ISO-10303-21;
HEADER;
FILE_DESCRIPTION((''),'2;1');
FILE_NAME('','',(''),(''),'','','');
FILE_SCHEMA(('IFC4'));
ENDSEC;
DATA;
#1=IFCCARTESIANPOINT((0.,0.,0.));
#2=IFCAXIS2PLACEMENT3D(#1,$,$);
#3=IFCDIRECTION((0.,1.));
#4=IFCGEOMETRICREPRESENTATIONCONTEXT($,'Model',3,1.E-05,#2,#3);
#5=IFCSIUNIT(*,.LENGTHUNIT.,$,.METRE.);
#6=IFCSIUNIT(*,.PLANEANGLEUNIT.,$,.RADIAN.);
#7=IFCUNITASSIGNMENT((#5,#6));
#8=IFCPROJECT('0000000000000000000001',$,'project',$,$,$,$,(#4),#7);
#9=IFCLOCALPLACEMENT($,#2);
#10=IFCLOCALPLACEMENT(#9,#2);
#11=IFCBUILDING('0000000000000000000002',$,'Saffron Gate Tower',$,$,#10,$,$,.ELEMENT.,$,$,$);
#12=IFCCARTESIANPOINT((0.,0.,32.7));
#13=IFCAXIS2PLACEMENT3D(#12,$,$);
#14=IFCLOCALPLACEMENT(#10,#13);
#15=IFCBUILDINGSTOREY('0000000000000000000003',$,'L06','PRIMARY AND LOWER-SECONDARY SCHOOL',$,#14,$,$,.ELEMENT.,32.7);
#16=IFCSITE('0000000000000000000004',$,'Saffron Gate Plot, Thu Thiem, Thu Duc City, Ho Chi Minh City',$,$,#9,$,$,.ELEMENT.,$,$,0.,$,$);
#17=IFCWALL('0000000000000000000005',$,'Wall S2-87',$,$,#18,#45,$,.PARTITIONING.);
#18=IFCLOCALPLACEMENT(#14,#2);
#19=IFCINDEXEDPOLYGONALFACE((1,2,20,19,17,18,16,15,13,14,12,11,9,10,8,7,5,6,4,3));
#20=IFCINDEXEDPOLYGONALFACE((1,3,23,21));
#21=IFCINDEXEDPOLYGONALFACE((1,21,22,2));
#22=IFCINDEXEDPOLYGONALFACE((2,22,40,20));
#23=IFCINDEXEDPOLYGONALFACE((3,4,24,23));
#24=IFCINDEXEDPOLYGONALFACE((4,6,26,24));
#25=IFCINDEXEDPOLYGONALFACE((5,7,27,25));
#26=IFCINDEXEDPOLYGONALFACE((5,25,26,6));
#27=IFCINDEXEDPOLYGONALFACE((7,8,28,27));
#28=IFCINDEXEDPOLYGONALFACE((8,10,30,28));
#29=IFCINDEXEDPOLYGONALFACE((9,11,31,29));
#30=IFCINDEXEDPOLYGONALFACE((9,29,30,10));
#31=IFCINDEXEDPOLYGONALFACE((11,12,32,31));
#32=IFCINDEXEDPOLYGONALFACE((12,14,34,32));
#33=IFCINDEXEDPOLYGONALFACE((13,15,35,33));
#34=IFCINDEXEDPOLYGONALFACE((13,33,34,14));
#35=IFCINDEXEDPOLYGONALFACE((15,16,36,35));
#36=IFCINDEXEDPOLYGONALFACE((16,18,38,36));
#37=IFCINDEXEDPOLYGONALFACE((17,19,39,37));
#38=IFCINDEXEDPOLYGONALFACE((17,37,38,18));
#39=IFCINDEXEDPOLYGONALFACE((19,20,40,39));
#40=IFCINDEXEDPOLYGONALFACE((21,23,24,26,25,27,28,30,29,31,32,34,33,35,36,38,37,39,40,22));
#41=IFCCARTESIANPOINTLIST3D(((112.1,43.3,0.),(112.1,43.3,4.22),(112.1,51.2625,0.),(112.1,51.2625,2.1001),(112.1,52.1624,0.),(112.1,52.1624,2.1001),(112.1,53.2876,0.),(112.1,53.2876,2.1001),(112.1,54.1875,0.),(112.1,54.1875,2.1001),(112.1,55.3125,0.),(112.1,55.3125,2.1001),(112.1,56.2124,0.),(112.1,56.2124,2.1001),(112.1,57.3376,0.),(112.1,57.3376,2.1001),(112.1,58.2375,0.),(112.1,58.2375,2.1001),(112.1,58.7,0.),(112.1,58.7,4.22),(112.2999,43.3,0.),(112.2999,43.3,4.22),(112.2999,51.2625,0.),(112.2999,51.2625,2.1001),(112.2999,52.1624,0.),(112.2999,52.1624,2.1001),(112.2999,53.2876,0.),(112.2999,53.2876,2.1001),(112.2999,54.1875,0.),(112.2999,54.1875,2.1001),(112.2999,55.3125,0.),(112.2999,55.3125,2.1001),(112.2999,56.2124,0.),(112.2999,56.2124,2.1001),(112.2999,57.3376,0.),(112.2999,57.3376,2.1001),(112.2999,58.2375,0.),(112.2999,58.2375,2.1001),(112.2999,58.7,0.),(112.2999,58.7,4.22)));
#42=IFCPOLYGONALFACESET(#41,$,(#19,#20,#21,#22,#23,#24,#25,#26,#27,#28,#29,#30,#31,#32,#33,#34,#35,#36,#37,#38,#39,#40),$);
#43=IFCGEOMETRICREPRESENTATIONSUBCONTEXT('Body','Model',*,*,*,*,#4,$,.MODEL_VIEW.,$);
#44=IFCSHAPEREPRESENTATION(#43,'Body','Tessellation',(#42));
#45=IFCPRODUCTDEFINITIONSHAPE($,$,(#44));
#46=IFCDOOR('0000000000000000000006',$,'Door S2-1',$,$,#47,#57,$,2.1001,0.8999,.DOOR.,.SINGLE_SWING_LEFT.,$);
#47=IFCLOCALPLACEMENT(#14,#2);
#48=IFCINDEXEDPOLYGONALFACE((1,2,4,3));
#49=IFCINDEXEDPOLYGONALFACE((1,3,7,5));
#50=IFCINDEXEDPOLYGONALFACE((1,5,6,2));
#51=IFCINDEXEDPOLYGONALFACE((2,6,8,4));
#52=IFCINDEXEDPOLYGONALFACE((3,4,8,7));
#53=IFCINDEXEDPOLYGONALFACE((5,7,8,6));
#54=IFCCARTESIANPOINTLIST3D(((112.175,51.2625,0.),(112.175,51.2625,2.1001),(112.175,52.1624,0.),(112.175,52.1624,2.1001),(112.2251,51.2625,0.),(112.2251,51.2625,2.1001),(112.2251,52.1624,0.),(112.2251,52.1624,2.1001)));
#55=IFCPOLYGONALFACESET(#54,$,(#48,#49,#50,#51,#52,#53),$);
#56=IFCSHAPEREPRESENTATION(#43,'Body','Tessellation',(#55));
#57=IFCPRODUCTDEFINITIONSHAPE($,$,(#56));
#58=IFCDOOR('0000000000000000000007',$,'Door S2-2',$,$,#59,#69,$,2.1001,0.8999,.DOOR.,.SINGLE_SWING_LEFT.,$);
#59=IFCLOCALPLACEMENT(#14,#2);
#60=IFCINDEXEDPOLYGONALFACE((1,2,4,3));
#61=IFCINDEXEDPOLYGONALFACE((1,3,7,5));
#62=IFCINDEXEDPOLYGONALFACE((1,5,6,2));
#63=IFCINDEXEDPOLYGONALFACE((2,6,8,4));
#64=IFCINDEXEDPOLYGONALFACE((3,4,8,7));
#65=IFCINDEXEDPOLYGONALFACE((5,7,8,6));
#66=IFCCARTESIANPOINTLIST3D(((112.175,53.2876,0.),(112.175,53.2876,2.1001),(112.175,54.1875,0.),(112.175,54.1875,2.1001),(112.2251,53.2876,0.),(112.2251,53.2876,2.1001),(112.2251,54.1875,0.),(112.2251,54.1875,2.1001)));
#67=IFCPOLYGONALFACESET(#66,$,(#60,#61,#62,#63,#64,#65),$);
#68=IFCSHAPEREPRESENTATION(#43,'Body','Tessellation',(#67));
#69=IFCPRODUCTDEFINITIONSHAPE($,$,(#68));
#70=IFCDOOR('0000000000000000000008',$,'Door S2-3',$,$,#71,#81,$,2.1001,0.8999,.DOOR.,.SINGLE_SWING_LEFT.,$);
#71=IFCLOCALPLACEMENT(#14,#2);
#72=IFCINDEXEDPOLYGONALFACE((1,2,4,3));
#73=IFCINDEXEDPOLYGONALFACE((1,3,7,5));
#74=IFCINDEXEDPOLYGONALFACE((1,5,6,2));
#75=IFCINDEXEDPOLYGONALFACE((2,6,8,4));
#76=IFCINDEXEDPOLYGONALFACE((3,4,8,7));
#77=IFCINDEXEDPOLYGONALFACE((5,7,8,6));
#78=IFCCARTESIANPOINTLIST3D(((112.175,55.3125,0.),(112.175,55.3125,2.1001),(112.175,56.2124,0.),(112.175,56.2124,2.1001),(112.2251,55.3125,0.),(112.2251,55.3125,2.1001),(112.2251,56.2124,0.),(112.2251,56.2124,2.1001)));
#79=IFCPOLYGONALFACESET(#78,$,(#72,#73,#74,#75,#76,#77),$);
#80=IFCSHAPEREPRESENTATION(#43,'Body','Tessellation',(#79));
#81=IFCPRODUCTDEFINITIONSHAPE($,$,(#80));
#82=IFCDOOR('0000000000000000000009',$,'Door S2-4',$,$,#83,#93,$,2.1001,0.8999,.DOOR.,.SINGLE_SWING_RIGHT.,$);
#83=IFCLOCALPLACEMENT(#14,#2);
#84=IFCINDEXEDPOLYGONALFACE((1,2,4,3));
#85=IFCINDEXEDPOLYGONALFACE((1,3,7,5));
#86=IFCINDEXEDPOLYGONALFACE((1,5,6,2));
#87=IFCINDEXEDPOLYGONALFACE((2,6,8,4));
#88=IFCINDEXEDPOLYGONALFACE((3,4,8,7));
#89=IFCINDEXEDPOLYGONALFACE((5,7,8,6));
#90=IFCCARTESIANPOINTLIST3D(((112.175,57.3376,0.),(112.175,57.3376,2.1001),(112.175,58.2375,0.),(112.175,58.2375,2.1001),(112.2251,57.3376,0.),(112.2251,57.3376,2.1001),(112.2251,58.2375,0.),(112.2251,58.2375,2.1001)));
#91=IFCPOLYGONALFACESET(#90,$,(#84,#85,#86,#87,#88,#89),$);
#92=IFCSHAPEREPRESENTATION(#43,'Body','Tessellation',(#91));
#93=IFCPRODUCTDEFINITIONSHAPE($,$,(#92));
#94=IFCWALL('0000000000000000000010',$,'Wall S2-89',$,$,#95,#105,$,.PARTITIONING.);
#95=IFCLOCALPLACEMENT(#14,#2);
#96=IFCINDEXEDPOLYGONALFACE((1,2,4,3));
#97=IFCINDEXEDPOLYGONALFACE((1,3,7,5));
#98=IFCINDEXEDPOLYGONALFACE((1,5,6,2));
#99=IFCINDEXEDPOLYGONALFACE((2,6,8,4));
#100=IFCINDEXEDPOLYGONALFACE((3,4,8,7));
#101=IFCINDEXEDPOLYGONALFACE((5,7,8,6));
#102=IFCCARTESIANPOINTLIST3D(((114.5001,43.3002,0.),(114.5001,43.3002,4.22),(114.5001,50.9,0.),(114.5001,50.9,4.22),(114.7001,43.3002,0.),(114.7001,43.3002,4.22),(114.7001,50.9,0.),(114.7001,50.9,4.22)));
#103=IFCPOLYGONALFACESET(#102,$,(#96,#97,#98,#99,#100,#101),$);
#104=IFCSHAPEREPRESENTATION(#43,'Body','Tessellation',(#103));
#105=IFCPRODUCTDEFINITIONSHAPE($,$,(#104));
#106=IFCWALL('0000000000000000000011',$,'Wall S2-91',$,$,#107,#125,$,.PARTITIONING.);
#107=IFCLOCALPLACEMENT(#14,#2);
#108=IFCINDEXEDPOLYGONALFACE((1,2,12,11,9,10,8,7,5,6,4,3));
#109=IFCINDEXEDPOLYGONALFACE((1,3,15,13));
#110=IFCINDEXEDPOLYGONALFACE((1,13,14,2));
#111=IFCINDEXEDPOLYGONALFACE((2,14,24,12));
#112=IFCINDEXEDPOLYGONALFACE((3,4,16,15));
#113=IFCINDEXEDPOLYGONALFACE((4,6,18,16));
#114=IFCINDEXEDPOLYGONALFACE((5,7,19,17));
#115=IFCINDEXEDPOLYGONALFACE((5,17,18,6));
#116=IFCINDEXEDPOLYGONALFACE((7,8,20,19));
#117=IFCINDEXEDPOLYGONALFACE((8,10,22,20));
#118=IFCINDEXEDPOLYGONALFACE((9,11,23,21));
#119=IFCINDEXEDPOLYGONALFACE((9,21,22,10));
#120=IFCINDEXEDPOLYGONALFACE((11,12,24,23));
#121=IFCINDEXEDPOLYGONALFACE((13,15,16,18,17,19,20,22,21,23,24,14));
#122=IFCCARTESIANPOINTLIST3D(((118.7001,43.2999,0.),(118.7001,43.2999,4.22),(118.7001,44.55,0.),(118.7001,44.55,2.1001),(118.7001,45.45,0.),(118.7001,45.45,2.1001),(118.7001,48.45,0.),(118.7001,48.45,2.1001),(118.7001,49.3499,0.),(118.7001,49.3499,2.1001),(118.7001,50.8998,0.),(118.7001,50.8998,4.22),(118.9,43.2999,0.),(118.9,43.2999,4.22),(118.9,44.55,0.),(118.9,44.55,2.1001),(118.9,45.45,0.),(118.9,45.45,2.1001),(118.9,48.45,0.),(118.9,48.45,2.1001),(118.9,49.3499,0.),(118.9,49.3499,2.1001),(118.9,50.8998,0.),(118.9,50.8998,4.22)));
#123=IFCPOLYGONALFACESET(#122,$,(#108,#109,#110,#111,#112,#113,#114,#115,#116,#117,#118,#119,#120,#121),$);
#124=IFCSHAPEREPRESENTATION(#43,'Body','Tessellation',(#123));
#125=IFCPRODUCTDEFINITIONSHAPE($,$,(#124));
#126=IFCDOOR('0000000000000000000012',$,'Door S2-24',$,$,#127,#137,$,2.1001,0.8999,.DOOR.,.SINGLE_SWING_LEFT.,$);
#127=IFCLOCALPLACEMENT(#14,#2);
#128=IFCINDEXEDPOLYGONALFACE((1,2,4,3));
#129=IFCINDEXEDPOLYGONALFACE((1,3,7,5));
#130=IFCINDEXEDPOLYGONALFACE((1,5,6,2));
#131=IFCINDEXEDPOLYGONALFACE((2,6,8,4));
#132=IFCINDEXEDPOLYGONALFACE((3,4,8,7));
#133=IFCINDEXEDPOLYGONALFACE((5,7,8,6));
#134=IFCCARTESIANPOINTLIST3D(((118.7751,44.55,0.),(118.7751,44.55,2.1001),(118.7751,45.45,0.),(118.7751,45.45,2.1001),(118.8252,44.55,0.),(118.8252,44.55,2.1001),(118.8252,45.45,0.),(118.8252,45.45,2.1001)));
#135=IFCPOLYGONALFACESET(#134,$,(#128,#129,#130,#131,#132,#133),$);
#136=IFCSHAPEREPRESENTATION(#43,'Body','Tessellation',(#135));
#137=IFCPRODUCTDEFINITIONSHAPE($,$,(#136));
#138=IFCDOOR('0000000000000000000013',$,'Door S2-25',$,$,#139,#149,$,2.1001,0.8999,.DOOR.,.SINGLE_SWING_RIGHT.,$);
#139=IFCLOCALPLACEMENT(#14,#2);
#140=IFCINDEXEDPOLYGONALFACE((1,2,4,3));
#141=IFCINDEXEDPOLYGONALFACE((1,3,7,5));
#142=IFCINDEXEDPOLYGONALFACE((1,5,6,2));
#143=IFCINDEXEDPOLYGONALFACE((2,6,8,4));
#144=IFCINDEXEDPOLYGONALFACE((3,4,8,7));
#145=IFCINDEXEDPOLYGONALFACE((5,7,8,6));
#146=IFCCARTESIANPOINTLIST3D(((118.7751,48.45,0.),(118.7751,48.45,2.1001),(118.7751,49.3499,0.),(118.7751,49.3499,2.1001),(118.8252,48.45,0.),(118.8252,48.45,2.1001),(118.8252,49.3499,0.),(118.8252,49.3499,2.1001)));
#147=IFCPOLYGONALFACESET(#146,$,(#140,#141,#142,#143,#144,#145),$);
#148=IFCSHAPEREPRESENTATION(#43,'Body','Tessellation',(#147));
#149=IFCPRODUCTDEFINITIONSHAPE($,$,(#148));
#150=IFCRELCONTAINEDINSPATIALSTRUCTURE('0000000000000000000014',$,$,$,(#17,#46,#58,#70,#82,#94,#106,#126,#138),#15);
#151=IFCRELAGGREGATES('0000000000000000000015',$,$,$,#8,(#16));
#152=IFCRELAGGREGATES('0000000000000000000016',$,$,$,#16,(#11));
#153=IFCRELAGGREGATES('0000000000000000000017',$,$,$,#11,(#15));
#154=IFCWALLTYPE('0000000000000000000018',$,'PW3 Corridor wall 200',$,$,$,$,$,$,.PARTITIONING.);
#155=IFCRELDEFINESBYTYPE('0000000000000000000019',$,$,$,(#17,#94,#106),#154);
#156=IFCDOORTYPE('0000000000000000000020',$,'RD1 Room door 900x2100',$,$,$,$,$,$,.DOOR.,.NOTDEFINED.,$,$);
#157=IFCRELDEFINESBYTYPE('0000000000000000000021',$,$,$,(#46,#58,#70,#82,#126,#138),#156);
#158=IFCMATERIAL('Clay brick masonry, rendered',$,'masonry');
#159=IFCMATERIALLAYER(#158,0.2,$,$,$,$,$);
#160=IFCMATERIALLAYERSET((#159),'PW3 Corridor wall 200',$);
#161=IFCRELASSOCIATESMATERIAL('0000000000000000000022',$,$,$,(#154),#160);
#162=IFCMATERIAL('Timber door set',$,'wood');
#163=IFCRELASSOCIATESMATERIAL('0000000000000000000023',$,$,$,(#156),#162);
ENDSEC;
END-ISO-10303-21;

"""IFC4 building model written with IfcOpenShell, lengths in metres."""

from ifc_helpers import new_model, si_unit, direction, frame, frame_2d, origin, place, context, subcontext, project, spatial, rectangle, extrude, material, layer, layer_set, type_object, element, fill, save


model = new_model("IFC4")

# Units and contexts
model_context = context("Model", 3, precision=1e-05, world=origin(), true_north=direction((0.0, 1.0)))
body_context = subcontext(model_context, "Body", "Model", "MODEL_VIEW")
ifc_project = project(units=[si_unit("LENGTHUNIT", "METRE"), si_unit("PLANEANGLEUNIT", "RADIAN")], contexts=[model_context])

# Site, building, storey
site_placement = place(None, origin())
site = spatial("IfcSite", under=ifc_project, at=site_placement, Name="Saffron Gate Plot, Thu Thiem, Thu Duc City, Ho Chi Minh City", CompositionType="ELEMENT", RefElevation=0.0)
building_placement = place(site_placement, origin())
building = spatial("IfcBuilding", under=site, at=building_placement, Name="Saffron Gate Tower", CompositionType="ELEMENT")
storey_placement = place(building_placement, frame((0.0, 0.0, 32.7)))
storey = spatial("IfcBuildingStorey", under=building, at=storey_placement, Name="L06", Description="PRIMARY AND LOWER-SECONDARY SCHOOL", CompositionType="ELEMENT", Elevation=32.7)

# Shared definitions
ifc_material_1 = material(Name="Clay brick masonry, rendered", Category="masonry")
ifc_layer_1 = layer(ifc_material_1, 0.2)
ifc_layer_set_1 = layer_set([ifc_layer_1], Name="PW3 Corridor wall 200")
wall_type_1 = type_object("IfcWallType", Name="PW3 Corridor wall 200", PredefinedType="PARTITIONING", material=ifc_layer_set_1)

# Shared definitions
ifc_material_2 = material(Name="Timber door set", Category="wood")
door_type = type_object("IfcDoorType", Name="RD1 Room door 900x2100", OperationType="NOTDEFINED", PredefinedType="DOOR", material=ifc_material_2)

# Wall, openings, doors
wall_1_placement = place(storey_placement, frame((112.2, 43.3, 0.0), z_axis=(0.0, 0.0, 1.0), x_axis=(0.0, 1.0, 0.0)))
wall_1 = element("IfcWall", 1, at=wall_1_placement, inside=storey, type_object=wall_type_1, Name="Wall S2-87", PredefinedType="PARTITIONING", context=body_context, shape_type="SweptSolid", body=[
    extrude(rectangle(XDim=15.3999, YDim=0.2, at=frame_2d((7.7, 0.0))), origin(), (0.0, 0.0, 1.0), 4.22),
])
opening_1_placement = place(wall_1_placement, frame((7.9624, 0.0, 0.0)))
opening_1 = element("IfcOpeningElement", 2, at=opening_1_placement, cuts=wall_1, PredefinedType="OPENING", context=body_context, shape_type="SweptSolid", body=[
    extrude(rectangle(XDim=0.8999, YDim=2.1001, at=frame_2d((0.45, 1.05))), frame((0.0, 0.1099, 0.0), z_axis=(0.0, -1.0, 0.0), x_axis=(1.0, 0.0, 0.0)), (0.0, 0.0, 1.0), 0.22),
])
opening_2_placement = place(wall_1_placement, frame((9.9875, 0.0, 0.0)))
opening_2 = element("IfcOpeningElement", 3, at=opening_2_placement, cuts=wall_1, PredefinedType="OPENING", context=body_context, shape_type="SweptSolid", body=[
    extrude(rectangle(XDim=0.8999, YDim=2.1001, at=frame_2d((0.45, 1.05))), frame((0.0, 0.1099, 0.0), z_axis=(0.0, -1.0, 0.0), x_axis=(1.0, 0.0, 0.0)), (0.0, 0.0, 1.0), 0.22),
])
opening_3_placement = place(wall_1_placement, frame((12.0125, 0.0, 0.0)))
opening_3 = element("IfcOpeningElement", 4, at=opening_3_placement, cuts=wall_1, PredefinedType="OPENING", context=body_context, shape_type="SweptSolid", body=[
    extrude(rectangle(XDim=0.8999, YDim=2.1001, at=frame_2d((0.45, 1.05))), frame((0.0, 0.1099, 0.0), z_axis=(0.0, -1.0, 0.0), x_axis=(1.0, 0.0, 0.0)), (0.0, 0.0, 1.0), 0.22),
])
opening_4_placement = place(wall_1_placement, frame((14.0376, 0.0, 0.0)))
opening_4 = element("IfcOpeningElement", 5, at=opening_4_placement, cuts=wall_1, PredefinedType="OPENING", context=body_context, shape_type="SweptSolid", body=[
    extrude(rectangle(XDim=0.8999, YDim=2.1001, at=frame_2d((0.45, 1.05))), frame((0.0, 0.1099, 0.0), z_axis=(0.0, -1.0, 0.0), x_axis=(1.0, 0.0, 0.0)), (0.0, 0.0, 1.0), 0.22),
])
door_1_placement = place(opening_1_placement, origin())
door_1 = element("IfcDoor", 6, at=door_1_placement, inside=storey, type_object=door_type, Name="Door S2-1", OperationType="SINGLE_SWING_LEFT", OverallHeight=2.1001, OverallWidth=0.8999, PredefinedType="DOOR", context=body_context, shape_type="SweptSolid", body=[
    extrude(rectangle(XDim=0.8999, YDim=2.1001, at=frame_2d((0.45, 1.05))), frame((0.0, 0.0249, 0.0), z_axis=(0.0, -1.0, 0.0), x_axis=(1.0, 0.0, 0.0)), (0.0, 0.0, 1.0), 0.05),
])
fill(opening_1, door_1)
door_2_placement = place(opening_2_placement, origin())
door_2 = element("IfcDoor", 7, at=door_2_placement, inside=storey, type_object=door_type, Name="Door S2-2", OperationType="SINGLE_SWING_LEFT", OverallHeight=2.1001, OverallWidth=0.8999, PredefinedType="DOOR", context=body_context, shape_type="SweptSolid", body=[
    extrude(rectangle(XDim=0.8999, YDim=2.1001, at=frame_2d((0.45, 1.05))), frame((0.0, 0.0249, 0.0), z_axis=(0.0, -1.0, 0.0), x_axis=(1.0, 0.0, 0.0)), (0.0, 0.0, 1.0), 0.05),
])
fill(opening_2, door_2)
door_3_placement = place(opening_3_placement, origin())
door_3 = element("IfcDoor", 8, at=door_3_placement, inside=storey, type_object=door_type, Name="Door S2-3", OperationType="SINGLE_SWING_LEFT", OverallHeight=2.1001, OverallWidth=0.8999, PredefinedType="DOOR", context=body_context, shape_type="SweptSolid", body=[
    extrude(rectangle(XDim=0.8999, YDim=2.1001, at=frame_2d((0.45, 1.05))), frame((0.0, 0.0249, 0.0), z_axis=(0.0, -1.0, 0.0), x_axis=(1.0, 0.0, 0.0)), (0.0, 0.0, 1.0), 0.05),
])
fill(opening_3, door_3)
door_4_placement = place(opening_4_placement, origin())
door_4 = element("IfcDoor", 9, at=door_4_placement, inside=storey, type_object=door_type, Name="Door S2-4", OperationType="SINGLE_SWING_RIGHT", OverallHeight=2.1001, OverallWidth=0.8999, PredefinedType="DOOR", context=body_context, shape_type="SweptSolid", body=[
    extrude(rectangle(XDim=0.8999, YDim=2.1001, at=frame_2d((0.45, 1.05))), frame((0.0, 0.0249, 0.0), z_axis=(0.0, -1.0, 0.0), x_axis=(1.0, 0.0, 0.0)), (0.0, 0.0, 1.0), 0.05),
])
fill(opening_4, door_4)

# Wall
wall_2_placement = place(storey_placement, frame((114.6001, 50.8999, 0.0), z_axis=(0.0, 0.0, 1.0), x_axis=(0.0, -1.0, 0.0)))
element("IfcWall", 10, at=wall_2_placement, inside=storey, type_object=wall_type_1, Name="Wall S2-89", PredefinedType="PARTITIONING", context=body_context, shape_type="SweptSolid", body=[
    extrude(rectangle(XDim=7.5999, YDim=0.2, at=frame_2d((3.7998, 0.0))), origin(), (0.0, 0.0, 1.0), 4.22),
])

# Wall, openings, doors
wall_3_placement = place(storey_placement, frame((118.8, 43.3, 0.0), z_axis=(0.0, 0.0, 1.0), x_axis=(0.0, 1.0, 0.0)))
wall_3 = element("IfcWall", 11, at=wall_3_placement, inside=storey, type_object=wall_type_1, Name="Wall S2-91", PredefinedType="PARTITIONING", context=body_context, shape_type="SweptSolid", body=[
    extrude(rectangle(XDim=7.5999, YDim=0.2, at=frame_2d((3.7998, 0.0))), origin(), (0.0, 0.0, 1.0), 4.22),
])
opening_5_placement = place(wall_3_placement, frame((1.25, 0.0, 0.0)))
opening_5 = element("IfcOpeningElement", 12, at=opening_5_placement, cuts=wall_3, PredefinedType="OPENING", context=body_context, shape_type="SweptSolid", body=[
    extrude(rectangle(XDim=0.8999, YDim=2.1001, at=frame_2d((0.45, 1.05))), frame((0.0, 0.1099, 0.0), z_axis=(0.0, -1.0, 0.0), x_axis=(1.0, 0.0, 0.0)), (0.0, 0.0, 1.0), 0.22),
])
opening_6_placement = place(wall_3_placement, frame((5.1499, 0.0, 0.0)))
opening_6 = element("IfcOpeningElement", 13, at=opening_6_placement, cuts=wall_3, PredefinedType="OPENING", context=body_context, shape_type="SweptSolid", body=[
    extrude(rectangle(XDim=0.8999, YDim=2.1001, at=frame_2d((0.45, 1.05))), frame((0.0, 0.1099, 0.0), z_axis=(0.0, -1.0, 0.0), x_axis=(1.0, 0.0, 0.0)), (0.0, 0.0, 1.0), 0.22),
])
door_5_placement = place(opening_5_placement, origin())
door_5 = element("IfcDoor", 14, at=door_5_placement, inside=storey, type_object=door_type, Name="Door S2-24", OperationType="SINGLE_SWING_LEFT", OverallHeight=2.1001, OverallWidth=0.8999, PredefinedType="DOOR", context=body_context, shape_type="SweptSolid", body=[
    extrude(rectangle(XDim=0.8999, YDim=2.1001, at=frame_2d((0.45, 1.05))), frame((0.0, 0.0249, 0.0), z_axis=(0.0, -1.0, 0.0), x_axis=(1.0, 0.0, 0.0)), (0.0, 0.0, 1.0), 0.05),
])
fill(opening_5, door_5)
door_6_placement = place(opening_6_placement, origin())
door_6 = element("IfcDoor", 15, at=door_6_placement, inside=storey, type_object=door_type, Name="Door S2-25", OperationType="SINGLE_SWING_RIGHT", OverallHeight=2.1001, OverallWidth=0.8999, PredefinedType="DOOR", context=body_context, shape_type="SweptSolid", body=[
    extrude(rectangle(XDim=0.8999, YDim=2.1001, at=frame_2d((0.45, 1.05))), frame((0.0, 0.0249, 0.0), z_axis=(0.0, -1.0, 0.0), x_axis=(1.0, 0.0, 0.0)), (0.0, 0.0, 1.0), 0.05),
])
fill(opening_6, door_6)

save(model, "model.ifc")
